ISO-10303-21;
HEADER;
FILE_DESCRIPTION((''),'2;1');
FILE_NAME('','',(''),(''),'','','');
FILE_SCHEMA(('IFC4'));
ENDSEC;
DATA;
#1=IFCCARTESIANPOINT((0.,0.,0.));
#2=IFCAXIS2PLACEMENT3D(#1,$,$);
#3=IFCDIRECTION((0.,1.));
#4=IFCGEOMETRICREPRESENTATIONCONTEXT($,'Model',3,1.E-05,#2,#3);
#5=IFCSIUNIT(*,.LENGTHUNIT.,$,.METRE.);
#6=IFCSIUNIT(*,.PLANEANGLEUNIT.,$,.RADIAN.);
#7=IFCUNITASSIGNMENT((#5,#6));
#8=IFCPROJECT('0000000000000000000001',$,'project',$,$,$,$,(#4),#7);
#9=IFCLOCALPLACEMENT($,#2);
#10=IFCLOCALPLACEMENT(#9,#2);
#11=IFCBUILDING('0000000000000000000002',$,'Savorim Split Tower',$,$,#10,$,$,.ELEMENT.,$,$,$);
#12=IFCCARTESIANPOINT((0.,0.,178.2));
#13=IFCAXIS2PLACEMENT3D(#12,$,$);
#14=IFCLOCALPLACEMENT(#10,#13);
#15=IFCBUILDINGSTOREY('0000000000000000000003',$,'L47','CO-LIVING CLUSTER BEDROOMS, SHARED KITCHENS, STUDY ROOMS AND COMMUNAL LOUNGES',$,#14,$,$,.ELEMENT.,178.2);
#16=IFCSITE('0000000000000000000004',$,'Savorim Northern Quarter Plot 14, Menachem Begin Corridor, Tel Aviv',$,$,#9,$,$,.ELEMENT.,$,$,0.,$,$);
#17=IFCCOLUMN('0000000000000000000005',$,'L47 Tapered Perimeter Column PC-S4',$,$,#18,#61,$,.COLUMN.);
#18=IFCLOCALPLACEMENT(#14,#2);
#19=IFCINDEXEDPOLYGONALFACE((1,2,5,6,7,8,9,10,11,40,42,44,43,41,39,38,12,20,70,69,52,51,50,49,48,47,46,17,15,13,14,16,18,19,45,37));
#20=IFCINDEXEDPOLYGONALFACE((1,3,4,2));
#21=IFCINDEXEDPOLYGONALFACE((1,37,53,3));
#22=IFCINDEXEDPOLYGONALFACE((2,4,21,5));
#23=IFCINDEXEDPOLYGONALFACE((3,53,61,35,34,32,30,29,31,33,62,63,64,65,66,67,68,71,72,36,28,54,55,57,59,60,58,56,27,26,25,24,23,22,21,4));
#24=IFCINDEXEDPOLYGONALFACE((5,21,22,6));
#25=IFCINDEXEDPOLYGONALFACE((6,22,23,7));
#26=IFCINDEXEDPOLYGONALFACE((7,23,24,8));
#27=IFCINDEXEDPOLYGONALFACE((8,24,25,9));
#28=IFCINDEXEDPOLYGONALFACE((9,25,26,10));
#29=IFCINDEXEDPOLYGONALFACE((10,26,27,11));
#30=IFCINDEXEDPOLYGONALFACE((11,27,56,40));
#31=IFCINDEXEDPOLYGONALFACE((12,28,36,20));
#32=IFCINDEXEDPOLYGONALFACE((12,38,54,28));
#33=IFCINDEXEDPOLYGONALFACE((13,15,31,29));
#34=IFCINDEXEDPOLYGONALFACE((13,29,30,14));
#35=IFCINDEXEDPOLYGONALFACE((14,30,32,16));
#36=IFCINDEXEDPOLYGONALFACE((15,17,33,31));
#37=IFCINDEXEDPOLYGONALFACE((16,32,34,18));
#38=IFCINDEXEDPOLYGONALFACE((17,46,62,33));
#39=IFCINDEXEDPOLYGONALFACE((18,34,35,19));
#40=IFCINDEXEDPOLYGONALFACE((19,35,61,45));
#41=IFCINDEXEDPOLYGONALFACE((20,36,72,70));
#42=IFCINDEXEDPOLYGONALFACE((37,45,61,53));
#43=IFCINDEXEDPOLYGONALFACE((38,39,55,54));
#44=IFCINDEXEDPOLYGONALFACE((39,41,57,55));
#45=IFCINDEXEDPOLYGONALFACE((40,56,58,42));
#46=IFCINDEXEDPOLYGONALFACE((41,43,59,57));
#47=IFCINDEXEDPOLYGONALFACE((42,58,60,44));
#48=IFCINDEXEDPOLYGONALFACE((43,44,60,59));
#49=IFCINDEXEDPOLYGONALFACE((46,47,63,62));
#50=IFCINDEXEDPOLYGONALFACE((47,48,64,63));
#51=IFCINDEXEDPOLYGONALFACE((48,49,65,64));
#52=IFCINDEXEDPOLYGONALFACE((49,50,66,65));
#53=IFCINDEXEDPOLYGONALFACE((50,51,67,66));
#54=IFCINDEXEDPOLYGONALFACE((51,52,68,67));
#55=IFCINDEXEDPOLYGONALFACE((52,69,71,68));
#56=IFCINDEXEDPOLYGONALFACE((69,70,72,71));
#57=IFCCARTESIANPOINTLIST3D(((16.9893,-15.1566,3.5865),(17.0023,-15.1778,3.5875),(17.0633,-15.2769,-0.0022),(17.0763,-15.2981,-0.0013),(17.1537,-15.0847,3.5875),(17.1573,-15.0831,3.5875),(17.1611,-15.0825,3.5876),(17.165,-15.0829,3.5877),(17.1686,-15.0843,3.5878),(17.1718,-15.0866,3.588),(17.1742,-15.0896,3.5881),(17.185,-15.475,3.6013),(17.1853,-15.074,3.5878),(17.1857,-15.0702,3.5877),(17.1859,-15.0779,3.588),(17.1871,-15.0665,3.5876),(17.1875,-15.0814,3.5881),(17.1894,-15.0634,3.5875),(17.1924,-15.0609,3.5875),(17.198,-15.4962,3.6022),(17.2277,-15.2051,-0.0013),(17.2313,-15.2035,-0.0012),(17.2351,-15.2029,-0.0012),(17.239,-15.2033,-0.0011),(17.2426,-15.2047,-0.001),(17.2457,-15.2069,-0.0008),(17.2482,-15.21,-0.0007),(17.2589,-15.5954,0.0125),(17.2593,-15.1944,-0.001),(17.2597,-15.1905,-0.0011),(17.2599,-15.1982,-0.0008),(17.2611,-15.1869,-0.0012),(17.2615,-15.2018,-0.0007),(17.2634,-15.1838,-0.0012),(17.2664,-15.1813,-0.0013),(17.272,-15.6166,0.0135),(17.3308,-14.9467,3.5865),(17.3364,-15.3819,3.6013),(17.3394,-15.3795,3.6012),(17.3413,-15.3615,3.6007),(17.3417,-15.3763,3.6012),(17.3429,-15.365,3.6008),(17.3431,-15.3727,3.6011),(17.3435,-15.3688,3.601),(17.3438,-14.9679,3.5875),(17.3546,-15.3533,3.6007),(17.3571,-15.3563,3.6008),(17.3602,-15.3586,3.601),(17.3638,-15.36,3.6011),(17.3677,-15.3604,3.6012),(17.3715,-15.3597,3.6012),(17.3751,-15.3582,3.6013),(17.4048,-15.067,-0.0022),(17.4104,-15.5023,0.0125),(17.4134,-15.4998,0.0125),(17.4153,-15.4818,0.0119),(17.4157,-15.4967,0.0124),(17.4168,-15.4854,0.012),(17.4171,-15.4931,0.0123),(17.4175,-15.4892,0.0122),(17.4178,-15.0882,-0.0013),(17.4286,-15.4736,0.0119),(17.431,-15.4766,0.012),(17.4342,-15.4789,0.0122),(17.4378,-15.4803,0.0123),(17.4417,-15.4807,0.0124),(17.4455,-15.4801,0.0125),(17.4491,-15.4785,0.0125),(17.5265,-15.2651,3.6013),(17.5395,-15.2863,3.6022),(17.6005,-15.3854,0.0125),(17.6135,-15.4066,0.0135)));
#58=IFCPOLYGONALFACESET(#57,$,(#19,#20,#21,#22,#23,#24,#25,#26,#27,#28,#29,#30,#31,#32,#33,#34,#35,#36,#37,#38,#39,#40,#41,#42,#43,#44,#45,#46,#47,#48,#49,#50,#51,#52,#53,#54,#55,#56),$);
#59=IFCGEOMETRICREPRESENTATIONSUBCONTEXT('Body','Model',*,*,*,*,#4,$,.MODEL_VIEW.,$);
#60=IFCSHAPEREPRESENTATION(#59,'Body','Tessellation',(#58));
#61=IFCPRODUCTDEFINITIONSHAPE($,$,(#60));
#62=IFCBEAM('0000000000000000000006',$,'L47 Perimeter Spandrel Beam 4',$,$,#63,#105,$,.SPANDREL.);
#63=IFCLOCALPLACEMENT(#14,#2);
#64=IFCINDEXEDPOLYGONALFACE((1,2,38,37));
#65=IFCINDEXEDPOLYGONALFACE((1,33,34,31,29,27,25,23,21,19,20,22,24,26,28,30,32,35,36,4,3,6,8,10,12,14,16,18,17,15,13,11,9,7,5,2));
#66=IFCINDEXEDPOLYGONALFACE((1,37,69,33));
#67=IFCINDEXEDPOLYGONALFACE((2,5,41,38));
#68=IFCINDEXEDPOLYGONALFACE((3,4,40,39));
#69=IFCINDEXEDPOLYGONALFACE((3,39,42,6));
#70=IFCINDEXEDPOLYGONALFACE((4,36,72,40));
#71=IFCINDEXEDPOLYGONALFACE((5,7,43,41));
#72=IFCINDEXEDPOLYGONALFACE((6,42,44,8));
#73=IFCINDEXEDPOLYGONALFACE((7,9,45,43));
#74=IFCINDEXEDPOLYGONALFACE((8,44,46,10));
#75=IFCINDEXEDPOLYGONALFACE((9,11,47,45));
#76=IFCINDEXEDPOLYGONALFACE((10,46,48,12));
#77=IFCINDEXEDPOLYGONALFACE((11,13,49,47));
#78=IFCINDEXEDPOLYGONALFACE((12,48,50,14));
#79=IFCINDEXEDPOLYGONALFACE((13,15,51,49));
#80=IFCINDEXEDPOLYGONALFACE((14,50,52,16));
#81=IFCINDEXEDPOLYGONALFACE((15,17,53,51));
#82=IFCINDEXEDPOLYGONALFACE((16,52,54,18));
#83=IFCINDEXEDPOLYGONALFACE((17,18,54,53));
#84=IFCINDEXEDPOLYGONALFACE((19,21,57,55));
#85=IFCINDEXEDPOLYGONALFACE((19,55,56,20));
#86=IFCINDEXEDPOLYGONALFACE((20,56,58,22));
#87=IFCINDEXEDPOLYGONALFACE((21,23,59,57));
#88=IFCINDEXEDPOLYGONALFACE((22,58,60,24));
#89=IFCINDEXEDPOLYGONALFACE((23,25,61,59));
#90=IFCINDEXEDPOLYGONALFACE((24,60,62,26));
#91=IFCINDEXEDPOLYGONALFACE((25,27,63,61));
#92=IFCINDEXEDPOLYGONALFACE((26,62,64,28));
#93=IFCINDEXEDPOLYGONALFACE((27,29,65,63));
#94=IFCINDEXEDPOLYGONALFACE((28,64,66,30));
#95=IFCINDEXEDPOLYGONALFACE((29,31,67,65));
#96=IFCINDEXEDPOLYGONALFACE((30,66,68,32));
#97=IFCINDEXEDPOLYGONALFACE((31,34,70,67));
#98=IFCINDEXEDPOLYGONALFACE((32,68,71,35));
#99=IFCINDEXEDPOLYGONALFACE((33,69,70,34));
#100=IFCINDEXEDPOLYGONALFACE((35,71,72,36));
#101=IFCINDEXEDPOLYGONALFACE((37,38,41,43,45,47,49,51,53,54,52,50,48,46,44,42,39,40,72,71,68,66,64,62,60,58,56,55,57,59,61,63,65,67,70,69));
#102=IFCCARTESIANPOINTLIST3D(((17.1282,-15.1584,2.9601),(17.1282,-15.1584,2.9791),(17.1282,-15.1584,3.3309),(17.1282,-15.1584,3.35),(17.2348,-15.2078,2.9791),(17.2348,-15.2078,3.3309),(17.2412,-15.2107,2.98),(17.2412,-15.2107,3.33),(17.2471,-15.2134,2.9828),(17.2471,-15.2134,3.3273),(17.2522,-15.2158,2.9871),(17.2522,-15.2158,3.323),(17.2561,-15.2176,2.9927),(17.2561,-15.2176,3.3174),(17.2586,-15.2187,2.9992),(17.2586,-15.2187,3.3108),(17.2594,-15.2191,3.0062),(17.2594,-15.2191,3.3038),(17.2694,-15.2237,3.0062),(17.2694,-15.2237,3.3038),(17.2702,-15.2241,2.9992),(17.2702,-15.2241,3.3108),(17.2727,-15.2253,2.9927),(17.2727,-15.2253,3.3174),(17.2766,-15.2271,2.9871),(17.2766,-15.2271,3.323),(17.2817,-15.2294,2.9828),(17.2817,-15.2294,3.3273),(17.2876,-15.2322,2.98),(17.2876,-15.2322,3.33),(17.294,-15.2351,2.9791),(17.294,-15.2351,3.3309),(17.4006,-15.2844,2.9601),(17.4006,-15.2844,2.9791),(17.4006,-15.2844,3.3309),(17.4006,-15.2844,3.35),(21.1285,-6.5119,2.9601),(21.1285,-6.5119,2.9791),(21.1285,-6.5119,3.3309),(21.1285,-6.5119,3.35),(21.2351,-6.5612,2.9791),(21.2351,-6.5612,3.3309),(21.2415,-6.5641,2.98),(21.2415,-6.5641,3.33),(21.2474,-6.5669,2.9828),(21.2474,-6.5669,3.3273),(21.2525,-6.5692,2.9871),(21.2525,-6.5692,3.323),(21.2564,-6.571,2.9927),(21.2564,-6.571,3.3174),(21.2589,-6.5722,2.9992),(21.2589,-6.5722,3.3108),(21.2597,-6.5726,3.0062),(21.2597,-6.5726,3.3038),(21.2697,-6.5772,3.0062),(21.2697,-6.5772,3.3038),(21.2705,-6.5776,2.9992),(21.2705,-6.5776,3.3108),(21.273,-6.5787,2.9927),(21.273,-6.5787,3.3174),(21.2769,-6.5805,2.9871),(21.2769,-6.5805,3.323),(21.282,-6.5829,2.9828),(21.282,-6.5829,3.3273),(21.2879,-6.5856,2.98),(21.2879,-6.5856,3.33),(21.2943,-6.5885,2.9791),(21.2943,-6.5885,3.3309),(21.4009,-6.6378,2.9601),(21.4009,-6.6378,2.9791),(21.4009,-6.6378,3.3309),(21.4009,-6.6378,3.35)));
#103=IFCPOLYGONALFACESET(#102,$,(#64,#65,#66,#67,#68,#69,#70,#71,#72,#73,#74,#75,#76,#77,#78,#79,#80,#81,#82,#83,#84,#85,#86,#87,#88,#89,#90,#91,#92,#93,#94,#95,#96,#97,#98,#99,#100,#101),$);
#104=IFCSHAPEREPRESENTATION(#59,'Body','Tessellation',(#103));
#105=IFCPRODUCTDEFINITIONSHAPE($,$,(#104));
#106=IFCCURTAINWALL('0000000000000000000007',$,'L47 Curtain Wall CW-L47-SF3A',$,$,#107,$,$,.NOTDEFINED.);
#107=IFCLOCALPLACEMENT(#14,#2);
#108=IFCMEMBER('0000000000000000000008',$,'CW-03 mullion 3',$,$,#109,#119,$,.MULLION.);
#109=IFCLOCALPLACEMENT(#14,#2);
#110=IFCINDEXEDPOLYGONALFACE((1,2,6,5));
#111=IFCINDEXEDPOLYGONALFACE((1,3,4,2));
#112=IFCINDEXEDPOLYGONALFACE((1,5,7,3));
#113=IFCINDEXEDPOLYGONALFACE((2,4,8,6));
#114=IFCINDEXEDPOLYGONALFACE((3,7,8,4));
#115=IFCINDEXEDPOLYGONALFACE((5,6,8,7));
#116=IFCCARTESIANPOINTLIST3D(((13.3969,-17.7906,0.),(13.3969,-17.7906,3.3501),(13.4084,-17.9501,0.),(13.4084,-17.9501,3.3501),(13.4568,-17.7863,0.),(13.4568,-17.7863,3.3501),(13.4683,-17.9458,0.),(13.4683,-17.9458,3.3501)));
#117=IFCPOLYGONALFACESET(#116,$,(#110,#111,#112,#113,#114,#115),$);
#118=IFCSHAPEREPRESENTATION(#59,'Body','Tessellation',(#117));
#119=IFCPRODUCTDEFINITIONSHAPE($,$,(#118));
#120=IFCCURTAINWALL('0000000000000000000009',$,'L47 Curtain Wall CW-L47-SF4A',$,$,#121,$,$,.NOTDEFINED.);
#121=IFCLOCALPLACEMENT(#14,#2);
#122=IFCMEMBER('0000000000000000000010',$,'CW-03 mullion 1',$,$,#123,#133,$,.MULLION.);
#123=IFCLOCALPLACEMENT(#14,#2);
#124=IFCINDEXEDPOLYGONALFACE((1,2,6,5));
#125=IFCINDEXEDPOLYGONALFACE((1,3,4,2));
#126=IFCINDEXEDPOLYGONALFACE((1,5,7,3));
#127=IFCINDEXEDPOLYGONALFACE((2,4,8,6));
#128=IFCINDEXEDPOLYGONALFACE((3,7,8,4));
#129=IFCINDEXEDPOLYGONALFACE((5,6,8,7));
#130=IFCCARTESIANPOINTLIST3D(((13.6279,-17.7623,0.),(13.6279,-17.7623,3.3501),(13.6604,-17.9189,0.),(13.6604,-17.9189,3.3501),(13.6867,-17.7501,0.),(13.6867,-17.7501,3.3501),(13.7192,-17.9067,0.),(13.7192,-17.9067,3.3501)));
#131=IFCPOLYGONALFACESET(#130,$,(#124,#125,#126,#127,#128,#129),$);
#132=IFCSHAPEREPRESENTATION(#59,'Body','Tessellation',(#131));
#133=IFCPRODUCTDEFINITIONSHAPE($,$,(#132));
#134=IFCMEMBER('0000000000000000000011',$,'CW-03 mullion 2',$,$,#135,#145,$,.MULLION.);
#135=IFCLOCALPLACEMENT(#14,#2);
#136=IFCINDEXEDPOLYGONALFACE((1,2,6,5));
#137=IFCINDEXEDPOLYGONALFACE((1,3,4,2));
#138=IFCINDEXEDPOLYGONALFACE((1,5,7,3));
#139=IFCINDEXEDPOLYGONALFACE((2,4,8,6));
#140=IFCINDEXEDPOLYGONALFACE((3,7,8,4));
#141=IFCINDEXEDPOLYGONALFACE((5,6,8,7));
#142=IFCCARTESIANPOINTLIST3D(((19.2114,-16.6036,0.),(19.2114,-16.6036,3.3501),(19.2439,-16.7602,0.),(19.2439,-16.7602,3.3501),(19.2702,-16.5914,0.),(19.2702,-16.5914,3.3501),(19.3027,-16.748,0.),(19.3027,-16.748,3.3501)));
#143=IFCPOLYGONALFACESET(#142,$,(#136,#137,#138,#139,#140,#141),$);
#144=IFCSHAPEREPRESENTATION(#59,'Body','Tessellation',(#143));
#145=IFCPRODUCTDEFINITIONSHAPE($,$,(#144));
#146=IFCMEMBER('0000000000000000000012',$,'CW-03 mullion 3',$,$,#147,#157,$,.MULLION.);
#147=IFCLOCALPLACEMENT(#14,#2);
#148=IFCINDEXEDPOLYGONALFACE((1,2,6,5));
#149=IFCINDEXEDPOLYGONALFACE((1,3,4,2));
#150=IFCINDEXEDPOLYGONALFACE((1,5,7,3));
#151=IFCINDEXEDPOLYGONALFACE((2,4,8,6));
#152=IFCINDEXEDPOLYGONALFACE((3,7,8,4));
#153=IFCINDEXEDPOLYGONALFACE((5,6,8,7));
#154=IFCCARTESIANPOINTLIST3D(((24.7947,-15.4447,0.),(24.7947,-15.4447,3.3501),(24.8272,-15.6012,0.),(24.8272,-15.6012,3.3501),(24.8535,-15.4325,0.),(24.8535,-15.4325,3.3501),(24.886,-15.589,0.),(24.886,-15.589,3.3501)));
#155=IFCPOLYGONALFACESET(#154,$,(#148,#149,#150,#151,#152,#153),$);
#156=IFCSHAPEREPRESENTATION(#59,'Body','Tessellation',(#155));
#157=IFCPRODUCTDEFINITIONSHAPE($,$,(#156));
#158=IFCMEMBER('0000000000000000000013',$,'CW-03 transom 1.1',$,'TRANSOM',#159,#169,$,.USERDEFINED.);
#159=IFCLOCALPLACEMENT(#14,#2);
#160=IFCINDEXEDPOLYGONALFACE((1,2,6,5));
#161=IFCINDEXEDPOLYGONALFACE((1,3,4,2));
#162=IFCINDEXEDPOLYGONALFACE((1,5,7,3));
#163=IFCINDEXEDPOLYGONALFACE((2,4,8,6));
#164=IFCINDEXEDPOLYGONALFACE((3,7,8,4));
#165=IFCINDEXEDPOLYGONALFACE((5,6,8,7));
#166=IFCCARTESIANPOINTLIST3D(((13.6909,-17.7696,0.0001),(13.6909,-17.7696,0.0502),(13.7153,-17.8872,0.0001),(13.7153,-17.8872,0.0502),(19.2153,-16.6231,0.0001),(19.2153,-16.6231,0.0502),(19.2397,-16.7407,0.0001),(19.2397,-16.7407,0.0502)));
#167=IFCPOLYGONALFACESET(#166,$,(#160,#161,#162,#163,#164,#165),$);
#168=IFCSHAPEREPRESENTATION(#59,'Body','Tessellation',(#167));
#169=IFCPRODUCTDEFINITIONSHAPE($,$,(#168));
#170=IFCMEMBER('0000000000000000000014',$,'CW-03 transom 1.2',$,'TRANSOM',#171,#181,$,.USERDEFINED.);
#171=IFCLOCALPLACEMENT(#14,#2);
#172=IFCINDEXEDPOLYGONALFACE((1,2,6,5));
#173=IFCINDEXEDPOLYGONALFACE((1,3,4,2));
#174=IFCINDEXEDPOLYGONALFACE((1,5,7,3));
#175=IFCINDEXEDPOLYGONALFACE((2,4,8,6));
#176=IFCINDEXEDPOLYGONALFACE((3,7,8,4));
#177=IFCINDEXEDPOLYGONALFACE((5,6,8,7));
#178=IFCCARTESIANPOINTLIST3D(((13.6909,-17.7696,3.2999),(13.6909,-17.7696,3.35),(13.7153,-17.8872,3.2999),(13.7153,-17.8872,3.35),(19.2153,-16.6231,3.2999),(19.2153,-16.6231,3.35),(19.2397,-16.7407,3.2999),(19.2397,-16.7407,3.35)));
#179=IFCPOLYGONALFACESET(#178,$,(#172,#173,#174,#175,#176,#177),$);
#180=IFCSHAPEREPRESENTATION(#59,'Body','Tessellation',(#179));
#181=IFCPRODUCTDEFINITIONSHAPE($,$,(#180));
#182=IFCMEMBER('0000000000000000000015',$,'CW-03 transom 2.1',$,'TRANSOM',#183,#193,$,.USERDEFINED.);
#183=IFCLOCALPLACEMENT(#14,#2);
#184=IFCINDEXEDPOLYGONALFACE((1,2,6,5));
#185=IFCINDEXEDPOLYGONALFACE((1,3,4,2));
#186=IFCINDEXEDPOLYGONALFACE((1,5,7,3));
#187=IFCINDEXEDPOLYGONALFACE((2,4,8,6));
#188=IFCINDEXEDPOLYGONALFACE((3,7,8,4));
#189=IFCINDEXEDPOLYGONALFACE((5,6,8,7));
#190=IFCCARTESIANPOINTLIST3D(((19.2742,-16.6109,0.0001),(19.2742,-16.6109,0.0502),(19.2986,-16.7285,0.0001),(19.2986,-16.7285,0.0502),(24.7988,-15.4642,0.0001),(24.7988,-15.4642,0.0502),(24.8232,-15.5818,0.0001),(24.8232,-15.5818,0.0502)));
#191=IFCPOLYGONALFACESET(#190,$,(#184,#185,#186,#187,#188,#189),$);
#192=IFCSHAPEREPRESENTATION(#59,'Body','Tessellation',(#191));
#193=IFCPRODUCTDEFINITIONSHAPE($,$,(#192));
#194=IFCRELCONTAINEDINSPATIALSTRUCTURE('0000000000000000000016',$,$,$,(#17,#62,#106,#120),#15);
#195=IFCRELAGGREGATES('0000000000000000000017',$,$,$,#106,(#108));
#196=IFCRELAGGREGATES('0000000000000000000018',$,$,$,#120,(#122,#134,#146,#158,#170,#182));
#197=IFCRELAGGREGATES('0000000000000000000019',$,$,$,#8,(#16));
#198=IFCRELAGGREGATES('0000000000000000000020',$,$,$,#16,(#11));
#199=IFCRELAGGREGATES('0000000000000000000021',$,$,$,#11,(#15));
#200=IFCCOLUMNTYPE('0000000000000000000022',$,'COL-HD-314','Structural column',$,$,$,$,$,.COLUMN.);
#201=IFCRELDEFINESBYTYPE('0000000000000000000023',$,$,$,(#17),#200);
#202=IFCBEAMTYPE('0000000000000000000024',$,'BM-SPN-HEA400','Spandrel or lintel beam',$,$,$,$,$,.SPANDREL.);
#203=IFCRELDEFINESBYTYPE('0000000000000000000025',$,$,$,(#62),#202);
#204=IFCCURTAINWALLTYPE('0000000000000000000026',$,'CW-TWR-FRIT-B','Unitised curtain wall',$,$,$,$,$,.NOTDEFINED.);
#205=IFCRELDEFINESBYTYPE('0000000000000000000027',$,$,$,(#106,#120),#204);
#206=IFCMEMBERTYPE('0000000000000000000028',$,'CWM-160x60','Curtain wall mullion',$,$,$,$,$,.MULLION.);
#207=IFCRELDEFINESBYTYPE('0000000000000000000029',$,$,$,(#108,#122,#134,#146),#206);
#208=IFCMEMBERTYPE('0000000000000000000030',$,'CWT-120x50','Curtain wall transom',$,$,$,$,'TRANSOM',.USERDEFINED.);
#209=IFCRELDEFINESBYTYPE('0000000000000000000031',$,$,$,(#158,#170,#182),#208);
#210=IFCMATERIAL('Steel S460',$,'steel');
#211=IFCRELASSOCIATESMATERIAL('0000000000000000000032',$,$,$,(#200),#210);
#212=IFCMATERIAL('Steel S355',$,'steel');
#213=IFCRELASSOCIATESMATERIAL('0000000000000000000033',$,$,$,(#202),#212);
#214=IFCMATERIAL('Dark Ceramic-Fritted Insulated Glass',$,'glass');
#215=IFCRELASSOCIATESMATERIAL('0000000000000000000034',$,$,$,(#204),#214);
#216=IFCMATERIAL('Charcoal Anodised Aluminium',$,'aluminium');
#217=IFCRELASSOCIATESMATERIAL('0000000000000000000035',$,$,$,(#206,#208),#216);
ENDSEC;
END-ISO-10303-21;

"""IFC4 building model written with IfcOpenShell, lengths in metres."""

from ifc_helpers import new_model, si_unit, direction, frame, origin, origin_2d, place, context, subcontext, project, spatial, rectangle, i_section, extrude, material, material_profile, profile_set, type_object, element, aggregate, save


model = new_model("IFC4")

# Units and contexts
model_context = context("Model", 3, precision=1e-05, world=origin(), true_north=direction((0.0, 1.0)))
body_context = subcontext(model_context, "Body", "Model", "MODEL_VIEW")
ifc_project = project(units=[si_unit("LENGTHUNIT", "METRE"), si_unit("PLANEANGLEUNIT", "RADIAN")], contexts=[model_context])

# Site, building, storey
site_placement = place(None, origin())
site = spatial("IfcSite", under=ifc_project, at=site_placement, Name="Savorim Northern Quarter Plot 14, Menachem Begin Corridor, Tel Aviv", CompositionType="ELEMENT", RefElevation=0.0)
building_placement = place(site_placement, origin())
building = spatial("IfcBuilding", under=site, at=building_placement, Name="Savorim Split Tower", CompositionType="ELEMENT")
storey_placement = place(building_placement, frame((0.0, 0.0, 178.2)))
storey = spatial("IfcBuildingStorey", under=building, at=storey_placement, Name="L47", Description="CO-LIVING CLUSTER BEDROOMS, SHARED KITCHENS, STUDY ROOMS AND COMMUNAL LOUNGES", CompositionType="ELEMENT", Elevation=178.2)

# Column
ifc_material_1 = material(Name="Steel S460", Category="steel")
ifc_material_profile_1 = material_profile(ifc_material_1, i_section(OverallWidth=0.4009, OverallDepth=0.3989, WebThickness=0.0156, FlangeThickness=0.0249, FilletRadius=0.0149, at=origin_2d()), Name="HD 400x314")
ifc_profile_set_1 = profile_set([ifc_material_profile_1], Name="Steel S460")
column_type = type_object("IfcColumnType", Name="COL-HD-314", Description="Structural column", PredefinedType="COLUMN", material=ifc_profile_set_1)
column_placement = place(storey_placement, frame((17.3384, -15.3418, 0.0056), z_axis=(-0.020596, 0.033511, 0.999226), x_axis=(-0.851955, -0.523615, 0.0)))
element("IfcColumn", 1, at=column_placement, inside=storey, type_object=column_type, Name="L47 Tapered Perimeter Column PC-S4", PredefinedType="COLUMN", context=body_context, shape_type="SweptSolid", body=[
    extrude(i_section(OverallWidth=0.4009, OverallDepth=0.3989, WebThickness=0.0156, FlangeThickness=0.0249, FilletRadius=0.0149, at=origin_2d()), origin(), (0.0, 0.0, 1.0), 3.5916),
])

# Beam
ifc_material_2 = material(Name="Steel S355", Category="steel")
ifc_material_profile_2 = material_profile(ifc_material_2, i_section(OverallWidth=0.3, OverallDepth=0.3899, WebThickness=0.011, FlangeThickness=0.019, FilletRadius=0.0271, at=origin_2d()), Name="HEA 400")
ifc_profile_set_2 = profile_set([ifc_material_profile_2], Name="Steel S355")
beam_type = type_object("IfcBeamType", Name="BM-SPN-HEA400", Description="Spandrel or lintel beam", PredefinedType="SPANDREL", material=ifc_profile_set_2)
beam_placement = place(storey_placement, frame((17.2644, -15.2214, 3.155), z_axis=(0.419885, 0.907577, 0.0), x_axis=(-0.907577, 0.419885, 0.0)))
element("IfcBeam", 2, at=beam_placement, inside=storey, type_object=beam_type, Name="L47 Perimeter Spandrel Beam 4", PredefinedType="SPANDREL", context=body_context, shape_type="SweptSolid", body=[
    extrude(i_section(OverallWidth=0.3, OverallDepth=0.3899, WebThickness=0.011, FlangeThickness=0.019, FilletRadius=0.0271, at=origin_2d()), origin(), (0.0, 0.0, 1.0), 9.5271),
])

# Curtain wall, member
ifc_material_3 = material(Name="Dark Ceramic-Fritted Insulated Glass", Category="glass")
curtain_wall_type = type_object("IfcCurtainWallType", Name="CW-TWR-FRIT-B", Description="Unitised curtain wall", PredefinedType="NOTDEFINED", material=ifc_material_3)
curtain_wall_1_placement = place(storey_placement, origin())
curtain_wall_1 = element("IfcCurtainWall", 3, at=curtain_wall_1_placement, inside=storey, type_object=curtain_wall_type, Name="L47 Curtain Wall CW-L47-SF3A", PredefinedType="NOTDEFINED")
ifc_material_4 = material(Name="Charcoal Anodised Aluminium", Category="aluminium")
ifc_material_profile_3 = material_profile(ifc_material_4, rectangle(XDim=0.1599, YDim=0.0601, at=origin_2d()), Name="ALU-M 160x60")
ifc_profile_set_3 = profile_set([ifc_material_profile_3], Name="Charcoal Anodised Aluminium")
member_type_1 = type_object("IfcMemberType", Name="CWM-160x60", Description="Curtain wall mullion", PredefinedType="MULLION", material=ifc_profile_set_3)
member_1_placement = place(storey_placement, frame((13.4326, -17.8682, 0.0), z_axis=(0.0, 0.0, 1.0), x_axis=(-0.071559, 0.997436, 0.0)))
member_1 = element("IfcMember", 4, at=member_1_placement, type_object=member_type_1, Name="CW-03 mullion 3", PredefinedType="MULLION", context=body_context, shape_type="SweptSolid", body=[
    extrude(rectangle(XDim=0.1599, YDim=0.0601, at=origin_2d()), origin(), (0.0, 0.0, 1.0), 3.3501),
])
aggregate(curtain_wall_1, [member_1])

# Curtain wall, members
curtain_wall_2_placement = place(storey_placement, origin())
curtain_wall_2 = element("IfcCurtainWall", 5, at=curtain_wall_2_placement, inside=storey, type_object=curtain_wall_type, Name="L47 Curtain Wall CW-L47-SF4A", PredefinedType="NOTDEFINED")
member_2_placement = place(storey_placement, frame((13.6736, -17.8345, 0.0), z_axis=(0.0, 0.0, 1.0), x_axis=(-0.203216, 0.979134, 0.0)))
member_2 = element("IfcMember", 6, at=member_2_placement, type_object=member_type_1, Name="CW-03 mullion 1", PredefinedType="MULLION", context=body_context, shape_type="SweptSolid", body=[
    extrude(rectangle(XDim=0.1599, YDim=0.0601, at=origin_2d()), origin(), (0.0, 0.0, 1.0), 3.3501),
])
member_3_placement = place(storey_placement, frame((19.2571, -16.6758, 0.0), z_axis=(0.0, 0.0, 1.0), x_axis=(-0.203216, 0.979134, 0.0)))
member_3 = element("IfcMember", 7, at=member_3_placement, type_object=member_type_1, Name="CW-03 mullion 2", PredefinedType="MULLION", context=body_context, shape_type="SweptSolid", body=[
    extrude(rectangle(XDim=0.1599, YDim=0.0601, at=origin_2d()), origin(), (0.0, 0.0, 1.0), 3.3501),
])
member_4_placement = place(storey_placement, frame((24.8403, -15.5168, 0.0), z_axis=(0.0, 0.0, 1.0), x_axis=(-0.203216, 0.979134, 0.0)))
member_4 = element("IfcMember", 8, at=member_4_placement, type_object=member_type_1, Name="CW-03 mullion 3", PredefinedType="MULLION", context=body_context, shape_type="SweptSolid", body=[
    extrude(rectangle(XDim=0.1599, YDim=0.0601, at=origin_2d()), origin(), (0.0, 0.0, 1.0), 3.3501),
])
ifc_material_profile_4 = material_profile(ifc_material_4, rectangle(XDim=0.1201, YDim=0.05, at=origin_2d()), Name="ALU-T 120x50")
ifc_profile_set_4 = profile_set([ifc_material_profile_4], Name="Charcoal Anodised Aluminium")
member_type_2 = type_object("IfcMemberType", Name="CWT-120x50", Description="Curtain wall transom", ElementType="TRANSOM", PredefinedType="USERDEFINED", material=ifc_profile_set_4)
member_5_placement = place(storey_placement, frame((13.7031, -17.8284, 0.0251), z_axis=(0.979137, 0.203201, 0.0), x_axis=(-0.203201, 0.979137, 0.0)))
member_5 = element("IfcMember", 9, at=member_5_placement, type_object=member_type_2, Name="CW-03 transom 1.1", ObjectType="TRANSOM", PredefinedType="USERDEFINED", context=body_context, shape_type="SweptSolid", body=[
    extrude(rectangle(XDim=0.1201, YDim=0.05, at=origin_2d()), origin(), (0.0, 0.0, 1.0), 5.6421),
])
member_6_placement = place(storey_placement, frame((13.7031, -17.8284, 3.325), z_axis=(0.979137, 0.203201, 0.0), x_axis=(-0.203201, 0.979137, 0.0)))
member_6 = element("IfcMember", 10, at=member_6_placement, type_object=member_type_2, Name="CW-03 transom 1.2", ObjectType="TRANSOM", PredefinedType="USERDEFINED", context=body_context, shape_type="SweptSolid", body=[
    extrude(rectangle(XDim=0.1201, YDim=0.05, at=origin_2d()), origin(), (0.0, 0.0, 1.0), 5.6421),
])
member_7_placement = place(storey_placement, frame((19.2864, -16.6697, 0.0251), z_axis=(0.97913, 0.203234, 0.0), x_axis=(-0.203234, 0.97913, 0.0)))
member_7 = element("IfcMember", 11, at=member_7_placement, type_object=member_type_2, Name="CW-03 transom 2.1", ObjectType="TRANSOM", PredefinedType="USERDEFINED", context=body_context, shape_type="SweptSolid", body=[
    extrude(rectangle(XDim=0.1201, YDim=0.05, at=origin_2d()), origin(), (0.0, 0.0, 1.0), 5.6423),
])
aggregate(curtain_wall_2, [member_2, member_3, member_4, member_5, member_6, member_7])

save(model, "model.ifc")
